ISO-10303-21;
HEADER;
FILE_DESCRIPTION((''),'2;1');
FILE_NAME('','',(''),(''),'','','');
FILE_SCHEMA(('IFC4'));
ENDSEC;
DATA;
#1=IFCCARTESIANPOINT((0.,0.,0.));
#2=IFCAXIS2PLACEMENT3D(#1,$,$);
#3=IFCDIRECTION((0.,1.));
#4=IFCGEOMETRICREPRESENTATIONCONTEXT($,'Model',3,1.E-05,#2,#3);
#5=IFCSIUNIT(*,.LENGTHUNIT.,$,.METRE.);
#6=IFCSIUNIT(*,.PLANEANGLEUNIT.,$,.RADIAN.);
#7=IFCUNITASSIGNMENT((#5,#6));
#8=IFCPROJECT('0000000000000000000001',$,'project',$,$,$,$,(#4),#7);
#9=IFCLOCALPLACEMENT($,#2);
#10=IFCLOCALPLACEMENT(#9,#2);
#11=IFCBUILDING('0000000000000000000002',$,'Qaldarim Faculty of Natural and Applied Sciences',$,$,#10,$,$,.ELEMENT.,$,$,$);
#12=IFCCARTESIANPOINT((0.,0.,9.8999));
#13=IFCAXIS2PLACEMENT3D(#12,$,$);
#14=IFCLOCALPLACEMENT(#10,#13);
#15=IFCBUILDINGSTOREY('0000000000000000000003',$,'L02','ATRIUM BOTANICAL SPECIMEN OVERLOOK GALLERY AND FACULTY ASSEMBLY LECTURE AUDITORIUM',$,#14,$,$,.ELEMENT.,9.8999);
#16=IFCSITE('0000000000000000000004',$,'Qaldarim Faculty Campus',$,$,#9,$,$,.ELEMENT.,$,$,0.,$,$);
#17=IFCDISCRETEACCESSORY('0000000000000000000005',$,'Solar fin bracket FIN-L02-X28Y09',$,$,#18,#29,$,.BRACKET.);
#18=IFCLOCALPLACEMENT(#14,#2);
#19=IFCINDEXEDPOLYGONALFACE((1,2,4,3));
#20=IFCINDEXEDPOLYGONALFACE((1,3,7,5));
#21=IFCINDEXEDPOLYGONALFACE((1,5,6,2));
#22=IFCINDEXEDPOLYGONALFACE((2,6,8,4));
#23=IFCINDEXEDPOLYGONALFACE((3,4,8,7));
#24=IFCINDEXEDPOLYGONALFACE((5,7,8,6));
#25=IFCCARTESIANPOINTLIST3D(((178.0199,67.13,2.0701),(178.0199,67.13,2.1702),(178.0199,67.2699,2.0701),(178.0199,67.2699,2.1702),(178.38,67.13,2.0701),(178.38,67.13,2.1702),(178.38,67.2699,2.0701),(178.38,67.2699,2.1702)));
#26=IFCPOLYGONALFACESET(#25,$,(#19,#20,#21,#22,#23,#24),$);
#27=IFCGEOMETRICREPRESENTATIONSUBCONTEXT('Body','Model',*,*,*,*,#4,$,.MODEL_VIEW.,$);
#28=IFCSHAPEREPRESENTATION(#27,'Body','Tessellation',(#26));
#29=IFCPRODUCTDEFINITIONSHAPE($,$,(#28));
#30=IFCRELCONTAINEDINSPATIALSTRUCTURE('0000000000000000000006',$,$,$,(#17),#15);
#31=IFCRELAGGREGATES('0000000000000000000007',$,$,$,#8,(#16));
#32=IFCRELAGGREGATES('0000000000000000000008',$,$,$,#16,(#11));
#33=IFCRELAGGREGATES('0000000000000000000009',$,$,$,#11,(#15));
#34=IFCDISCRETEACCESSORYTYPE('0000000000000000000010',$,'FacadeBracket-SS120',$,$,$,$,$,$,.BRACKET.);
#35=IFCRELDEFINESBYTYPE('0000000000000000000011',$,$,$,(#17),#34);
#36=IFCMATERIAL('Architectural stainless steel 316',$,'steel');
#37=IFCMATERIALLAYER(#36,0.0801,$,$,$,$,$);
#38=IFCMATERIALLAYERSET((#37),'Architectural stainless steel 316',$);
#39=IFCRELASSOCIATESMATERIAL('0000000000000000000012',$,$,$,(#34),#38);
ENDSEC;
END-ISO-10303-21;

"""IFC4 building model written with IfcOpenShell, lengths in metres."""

from ifc_helpers import new_model, si_unit, direction, frame, origin, origin_2d, place, context, subcontext, project, spatial, rectangle, extrude, material, layer, layer_set, type_object, element, save


model = new_model("IFC4")

# Units and contexts
model_context = context("Model", 3, precision=1e-05, world=origin(), true_north=direction((0.0, 1.0)))
body_context = subcontext(model_context, "Body", "Model", "MODEL_VIEW")
ifc_project = project(units=[si_unit("LENGTHUNIT", "METRE"), si_unit("PLANEANGLEUNIT", "RADIAN")], contexts=[model_context])

# Site, building, storey
site_placement = place(None, origin())
site = spatial("IfcSite", under=ifc_project, at=site_placement, Name="Qaldarim Faculty Campus", CompositionType="ELEMENT", RefElevation=0.0)
building_placement = place(site_placement, origin())
building = spatial("IfcBuilding", under=site, at=building_placement, Name="Qaldarim Faculty of Natural and Applied Sciences", CompositionType="ELEMENT")
storey_placement = place(building_placement, frame((0.0, 0.0, 9.8999)))
storey = spatial("IfcBuildingStorey", under=building, at=storey_placement, Name="L02", Description="ATRIUM BOTANICAL SPECIMEN OVERLOOK GALLERY AND FACULTY ASSEMBLY LECTURE AUDITORIUM", CompositionType="ELEMENT", Elevation=9.8999)

# Discrete accessory
ifc_material_1 = material(Name="Architectural stainless steel 316", Category="steel")
ifc_layer_1 = layer(ifc_material_1, 0.0801)
ifc_layer_set_1 = layer_set([ifc_layer_1], Name="Architectural stainless steel 316")
discrete_accessory_type = type_object("IfcDiscreteAccessoryType", Name="FacadeBracket-SS120", PredefinedType="BRACKET", material=ifc_layer_set_1)
discrete_accessory_placement = place(storey_placement, frame((178.2, 67.2, 2.0701), z_axis=(0.0, 0.0, 1.0), x_axis=(1.0, 0.0, 0.0)))
element("IfcDiscreteAccessory", 1, at=discrete_accessory_placement, inside=storey, type_object=discrete_accessory_type, Name="Solar fin bracket FIN-L02-X28Y09", PredefinedType="BRACKET", context=body_context, shape_type="SweptSolid", body=[
    extrude(rectangle(XDim=0.3601, YDim=0.1399, at=origin_2d()), origin(), (0.0, 0.0, 1.0), 0.1001),
])

save(model, "model.ifc")
